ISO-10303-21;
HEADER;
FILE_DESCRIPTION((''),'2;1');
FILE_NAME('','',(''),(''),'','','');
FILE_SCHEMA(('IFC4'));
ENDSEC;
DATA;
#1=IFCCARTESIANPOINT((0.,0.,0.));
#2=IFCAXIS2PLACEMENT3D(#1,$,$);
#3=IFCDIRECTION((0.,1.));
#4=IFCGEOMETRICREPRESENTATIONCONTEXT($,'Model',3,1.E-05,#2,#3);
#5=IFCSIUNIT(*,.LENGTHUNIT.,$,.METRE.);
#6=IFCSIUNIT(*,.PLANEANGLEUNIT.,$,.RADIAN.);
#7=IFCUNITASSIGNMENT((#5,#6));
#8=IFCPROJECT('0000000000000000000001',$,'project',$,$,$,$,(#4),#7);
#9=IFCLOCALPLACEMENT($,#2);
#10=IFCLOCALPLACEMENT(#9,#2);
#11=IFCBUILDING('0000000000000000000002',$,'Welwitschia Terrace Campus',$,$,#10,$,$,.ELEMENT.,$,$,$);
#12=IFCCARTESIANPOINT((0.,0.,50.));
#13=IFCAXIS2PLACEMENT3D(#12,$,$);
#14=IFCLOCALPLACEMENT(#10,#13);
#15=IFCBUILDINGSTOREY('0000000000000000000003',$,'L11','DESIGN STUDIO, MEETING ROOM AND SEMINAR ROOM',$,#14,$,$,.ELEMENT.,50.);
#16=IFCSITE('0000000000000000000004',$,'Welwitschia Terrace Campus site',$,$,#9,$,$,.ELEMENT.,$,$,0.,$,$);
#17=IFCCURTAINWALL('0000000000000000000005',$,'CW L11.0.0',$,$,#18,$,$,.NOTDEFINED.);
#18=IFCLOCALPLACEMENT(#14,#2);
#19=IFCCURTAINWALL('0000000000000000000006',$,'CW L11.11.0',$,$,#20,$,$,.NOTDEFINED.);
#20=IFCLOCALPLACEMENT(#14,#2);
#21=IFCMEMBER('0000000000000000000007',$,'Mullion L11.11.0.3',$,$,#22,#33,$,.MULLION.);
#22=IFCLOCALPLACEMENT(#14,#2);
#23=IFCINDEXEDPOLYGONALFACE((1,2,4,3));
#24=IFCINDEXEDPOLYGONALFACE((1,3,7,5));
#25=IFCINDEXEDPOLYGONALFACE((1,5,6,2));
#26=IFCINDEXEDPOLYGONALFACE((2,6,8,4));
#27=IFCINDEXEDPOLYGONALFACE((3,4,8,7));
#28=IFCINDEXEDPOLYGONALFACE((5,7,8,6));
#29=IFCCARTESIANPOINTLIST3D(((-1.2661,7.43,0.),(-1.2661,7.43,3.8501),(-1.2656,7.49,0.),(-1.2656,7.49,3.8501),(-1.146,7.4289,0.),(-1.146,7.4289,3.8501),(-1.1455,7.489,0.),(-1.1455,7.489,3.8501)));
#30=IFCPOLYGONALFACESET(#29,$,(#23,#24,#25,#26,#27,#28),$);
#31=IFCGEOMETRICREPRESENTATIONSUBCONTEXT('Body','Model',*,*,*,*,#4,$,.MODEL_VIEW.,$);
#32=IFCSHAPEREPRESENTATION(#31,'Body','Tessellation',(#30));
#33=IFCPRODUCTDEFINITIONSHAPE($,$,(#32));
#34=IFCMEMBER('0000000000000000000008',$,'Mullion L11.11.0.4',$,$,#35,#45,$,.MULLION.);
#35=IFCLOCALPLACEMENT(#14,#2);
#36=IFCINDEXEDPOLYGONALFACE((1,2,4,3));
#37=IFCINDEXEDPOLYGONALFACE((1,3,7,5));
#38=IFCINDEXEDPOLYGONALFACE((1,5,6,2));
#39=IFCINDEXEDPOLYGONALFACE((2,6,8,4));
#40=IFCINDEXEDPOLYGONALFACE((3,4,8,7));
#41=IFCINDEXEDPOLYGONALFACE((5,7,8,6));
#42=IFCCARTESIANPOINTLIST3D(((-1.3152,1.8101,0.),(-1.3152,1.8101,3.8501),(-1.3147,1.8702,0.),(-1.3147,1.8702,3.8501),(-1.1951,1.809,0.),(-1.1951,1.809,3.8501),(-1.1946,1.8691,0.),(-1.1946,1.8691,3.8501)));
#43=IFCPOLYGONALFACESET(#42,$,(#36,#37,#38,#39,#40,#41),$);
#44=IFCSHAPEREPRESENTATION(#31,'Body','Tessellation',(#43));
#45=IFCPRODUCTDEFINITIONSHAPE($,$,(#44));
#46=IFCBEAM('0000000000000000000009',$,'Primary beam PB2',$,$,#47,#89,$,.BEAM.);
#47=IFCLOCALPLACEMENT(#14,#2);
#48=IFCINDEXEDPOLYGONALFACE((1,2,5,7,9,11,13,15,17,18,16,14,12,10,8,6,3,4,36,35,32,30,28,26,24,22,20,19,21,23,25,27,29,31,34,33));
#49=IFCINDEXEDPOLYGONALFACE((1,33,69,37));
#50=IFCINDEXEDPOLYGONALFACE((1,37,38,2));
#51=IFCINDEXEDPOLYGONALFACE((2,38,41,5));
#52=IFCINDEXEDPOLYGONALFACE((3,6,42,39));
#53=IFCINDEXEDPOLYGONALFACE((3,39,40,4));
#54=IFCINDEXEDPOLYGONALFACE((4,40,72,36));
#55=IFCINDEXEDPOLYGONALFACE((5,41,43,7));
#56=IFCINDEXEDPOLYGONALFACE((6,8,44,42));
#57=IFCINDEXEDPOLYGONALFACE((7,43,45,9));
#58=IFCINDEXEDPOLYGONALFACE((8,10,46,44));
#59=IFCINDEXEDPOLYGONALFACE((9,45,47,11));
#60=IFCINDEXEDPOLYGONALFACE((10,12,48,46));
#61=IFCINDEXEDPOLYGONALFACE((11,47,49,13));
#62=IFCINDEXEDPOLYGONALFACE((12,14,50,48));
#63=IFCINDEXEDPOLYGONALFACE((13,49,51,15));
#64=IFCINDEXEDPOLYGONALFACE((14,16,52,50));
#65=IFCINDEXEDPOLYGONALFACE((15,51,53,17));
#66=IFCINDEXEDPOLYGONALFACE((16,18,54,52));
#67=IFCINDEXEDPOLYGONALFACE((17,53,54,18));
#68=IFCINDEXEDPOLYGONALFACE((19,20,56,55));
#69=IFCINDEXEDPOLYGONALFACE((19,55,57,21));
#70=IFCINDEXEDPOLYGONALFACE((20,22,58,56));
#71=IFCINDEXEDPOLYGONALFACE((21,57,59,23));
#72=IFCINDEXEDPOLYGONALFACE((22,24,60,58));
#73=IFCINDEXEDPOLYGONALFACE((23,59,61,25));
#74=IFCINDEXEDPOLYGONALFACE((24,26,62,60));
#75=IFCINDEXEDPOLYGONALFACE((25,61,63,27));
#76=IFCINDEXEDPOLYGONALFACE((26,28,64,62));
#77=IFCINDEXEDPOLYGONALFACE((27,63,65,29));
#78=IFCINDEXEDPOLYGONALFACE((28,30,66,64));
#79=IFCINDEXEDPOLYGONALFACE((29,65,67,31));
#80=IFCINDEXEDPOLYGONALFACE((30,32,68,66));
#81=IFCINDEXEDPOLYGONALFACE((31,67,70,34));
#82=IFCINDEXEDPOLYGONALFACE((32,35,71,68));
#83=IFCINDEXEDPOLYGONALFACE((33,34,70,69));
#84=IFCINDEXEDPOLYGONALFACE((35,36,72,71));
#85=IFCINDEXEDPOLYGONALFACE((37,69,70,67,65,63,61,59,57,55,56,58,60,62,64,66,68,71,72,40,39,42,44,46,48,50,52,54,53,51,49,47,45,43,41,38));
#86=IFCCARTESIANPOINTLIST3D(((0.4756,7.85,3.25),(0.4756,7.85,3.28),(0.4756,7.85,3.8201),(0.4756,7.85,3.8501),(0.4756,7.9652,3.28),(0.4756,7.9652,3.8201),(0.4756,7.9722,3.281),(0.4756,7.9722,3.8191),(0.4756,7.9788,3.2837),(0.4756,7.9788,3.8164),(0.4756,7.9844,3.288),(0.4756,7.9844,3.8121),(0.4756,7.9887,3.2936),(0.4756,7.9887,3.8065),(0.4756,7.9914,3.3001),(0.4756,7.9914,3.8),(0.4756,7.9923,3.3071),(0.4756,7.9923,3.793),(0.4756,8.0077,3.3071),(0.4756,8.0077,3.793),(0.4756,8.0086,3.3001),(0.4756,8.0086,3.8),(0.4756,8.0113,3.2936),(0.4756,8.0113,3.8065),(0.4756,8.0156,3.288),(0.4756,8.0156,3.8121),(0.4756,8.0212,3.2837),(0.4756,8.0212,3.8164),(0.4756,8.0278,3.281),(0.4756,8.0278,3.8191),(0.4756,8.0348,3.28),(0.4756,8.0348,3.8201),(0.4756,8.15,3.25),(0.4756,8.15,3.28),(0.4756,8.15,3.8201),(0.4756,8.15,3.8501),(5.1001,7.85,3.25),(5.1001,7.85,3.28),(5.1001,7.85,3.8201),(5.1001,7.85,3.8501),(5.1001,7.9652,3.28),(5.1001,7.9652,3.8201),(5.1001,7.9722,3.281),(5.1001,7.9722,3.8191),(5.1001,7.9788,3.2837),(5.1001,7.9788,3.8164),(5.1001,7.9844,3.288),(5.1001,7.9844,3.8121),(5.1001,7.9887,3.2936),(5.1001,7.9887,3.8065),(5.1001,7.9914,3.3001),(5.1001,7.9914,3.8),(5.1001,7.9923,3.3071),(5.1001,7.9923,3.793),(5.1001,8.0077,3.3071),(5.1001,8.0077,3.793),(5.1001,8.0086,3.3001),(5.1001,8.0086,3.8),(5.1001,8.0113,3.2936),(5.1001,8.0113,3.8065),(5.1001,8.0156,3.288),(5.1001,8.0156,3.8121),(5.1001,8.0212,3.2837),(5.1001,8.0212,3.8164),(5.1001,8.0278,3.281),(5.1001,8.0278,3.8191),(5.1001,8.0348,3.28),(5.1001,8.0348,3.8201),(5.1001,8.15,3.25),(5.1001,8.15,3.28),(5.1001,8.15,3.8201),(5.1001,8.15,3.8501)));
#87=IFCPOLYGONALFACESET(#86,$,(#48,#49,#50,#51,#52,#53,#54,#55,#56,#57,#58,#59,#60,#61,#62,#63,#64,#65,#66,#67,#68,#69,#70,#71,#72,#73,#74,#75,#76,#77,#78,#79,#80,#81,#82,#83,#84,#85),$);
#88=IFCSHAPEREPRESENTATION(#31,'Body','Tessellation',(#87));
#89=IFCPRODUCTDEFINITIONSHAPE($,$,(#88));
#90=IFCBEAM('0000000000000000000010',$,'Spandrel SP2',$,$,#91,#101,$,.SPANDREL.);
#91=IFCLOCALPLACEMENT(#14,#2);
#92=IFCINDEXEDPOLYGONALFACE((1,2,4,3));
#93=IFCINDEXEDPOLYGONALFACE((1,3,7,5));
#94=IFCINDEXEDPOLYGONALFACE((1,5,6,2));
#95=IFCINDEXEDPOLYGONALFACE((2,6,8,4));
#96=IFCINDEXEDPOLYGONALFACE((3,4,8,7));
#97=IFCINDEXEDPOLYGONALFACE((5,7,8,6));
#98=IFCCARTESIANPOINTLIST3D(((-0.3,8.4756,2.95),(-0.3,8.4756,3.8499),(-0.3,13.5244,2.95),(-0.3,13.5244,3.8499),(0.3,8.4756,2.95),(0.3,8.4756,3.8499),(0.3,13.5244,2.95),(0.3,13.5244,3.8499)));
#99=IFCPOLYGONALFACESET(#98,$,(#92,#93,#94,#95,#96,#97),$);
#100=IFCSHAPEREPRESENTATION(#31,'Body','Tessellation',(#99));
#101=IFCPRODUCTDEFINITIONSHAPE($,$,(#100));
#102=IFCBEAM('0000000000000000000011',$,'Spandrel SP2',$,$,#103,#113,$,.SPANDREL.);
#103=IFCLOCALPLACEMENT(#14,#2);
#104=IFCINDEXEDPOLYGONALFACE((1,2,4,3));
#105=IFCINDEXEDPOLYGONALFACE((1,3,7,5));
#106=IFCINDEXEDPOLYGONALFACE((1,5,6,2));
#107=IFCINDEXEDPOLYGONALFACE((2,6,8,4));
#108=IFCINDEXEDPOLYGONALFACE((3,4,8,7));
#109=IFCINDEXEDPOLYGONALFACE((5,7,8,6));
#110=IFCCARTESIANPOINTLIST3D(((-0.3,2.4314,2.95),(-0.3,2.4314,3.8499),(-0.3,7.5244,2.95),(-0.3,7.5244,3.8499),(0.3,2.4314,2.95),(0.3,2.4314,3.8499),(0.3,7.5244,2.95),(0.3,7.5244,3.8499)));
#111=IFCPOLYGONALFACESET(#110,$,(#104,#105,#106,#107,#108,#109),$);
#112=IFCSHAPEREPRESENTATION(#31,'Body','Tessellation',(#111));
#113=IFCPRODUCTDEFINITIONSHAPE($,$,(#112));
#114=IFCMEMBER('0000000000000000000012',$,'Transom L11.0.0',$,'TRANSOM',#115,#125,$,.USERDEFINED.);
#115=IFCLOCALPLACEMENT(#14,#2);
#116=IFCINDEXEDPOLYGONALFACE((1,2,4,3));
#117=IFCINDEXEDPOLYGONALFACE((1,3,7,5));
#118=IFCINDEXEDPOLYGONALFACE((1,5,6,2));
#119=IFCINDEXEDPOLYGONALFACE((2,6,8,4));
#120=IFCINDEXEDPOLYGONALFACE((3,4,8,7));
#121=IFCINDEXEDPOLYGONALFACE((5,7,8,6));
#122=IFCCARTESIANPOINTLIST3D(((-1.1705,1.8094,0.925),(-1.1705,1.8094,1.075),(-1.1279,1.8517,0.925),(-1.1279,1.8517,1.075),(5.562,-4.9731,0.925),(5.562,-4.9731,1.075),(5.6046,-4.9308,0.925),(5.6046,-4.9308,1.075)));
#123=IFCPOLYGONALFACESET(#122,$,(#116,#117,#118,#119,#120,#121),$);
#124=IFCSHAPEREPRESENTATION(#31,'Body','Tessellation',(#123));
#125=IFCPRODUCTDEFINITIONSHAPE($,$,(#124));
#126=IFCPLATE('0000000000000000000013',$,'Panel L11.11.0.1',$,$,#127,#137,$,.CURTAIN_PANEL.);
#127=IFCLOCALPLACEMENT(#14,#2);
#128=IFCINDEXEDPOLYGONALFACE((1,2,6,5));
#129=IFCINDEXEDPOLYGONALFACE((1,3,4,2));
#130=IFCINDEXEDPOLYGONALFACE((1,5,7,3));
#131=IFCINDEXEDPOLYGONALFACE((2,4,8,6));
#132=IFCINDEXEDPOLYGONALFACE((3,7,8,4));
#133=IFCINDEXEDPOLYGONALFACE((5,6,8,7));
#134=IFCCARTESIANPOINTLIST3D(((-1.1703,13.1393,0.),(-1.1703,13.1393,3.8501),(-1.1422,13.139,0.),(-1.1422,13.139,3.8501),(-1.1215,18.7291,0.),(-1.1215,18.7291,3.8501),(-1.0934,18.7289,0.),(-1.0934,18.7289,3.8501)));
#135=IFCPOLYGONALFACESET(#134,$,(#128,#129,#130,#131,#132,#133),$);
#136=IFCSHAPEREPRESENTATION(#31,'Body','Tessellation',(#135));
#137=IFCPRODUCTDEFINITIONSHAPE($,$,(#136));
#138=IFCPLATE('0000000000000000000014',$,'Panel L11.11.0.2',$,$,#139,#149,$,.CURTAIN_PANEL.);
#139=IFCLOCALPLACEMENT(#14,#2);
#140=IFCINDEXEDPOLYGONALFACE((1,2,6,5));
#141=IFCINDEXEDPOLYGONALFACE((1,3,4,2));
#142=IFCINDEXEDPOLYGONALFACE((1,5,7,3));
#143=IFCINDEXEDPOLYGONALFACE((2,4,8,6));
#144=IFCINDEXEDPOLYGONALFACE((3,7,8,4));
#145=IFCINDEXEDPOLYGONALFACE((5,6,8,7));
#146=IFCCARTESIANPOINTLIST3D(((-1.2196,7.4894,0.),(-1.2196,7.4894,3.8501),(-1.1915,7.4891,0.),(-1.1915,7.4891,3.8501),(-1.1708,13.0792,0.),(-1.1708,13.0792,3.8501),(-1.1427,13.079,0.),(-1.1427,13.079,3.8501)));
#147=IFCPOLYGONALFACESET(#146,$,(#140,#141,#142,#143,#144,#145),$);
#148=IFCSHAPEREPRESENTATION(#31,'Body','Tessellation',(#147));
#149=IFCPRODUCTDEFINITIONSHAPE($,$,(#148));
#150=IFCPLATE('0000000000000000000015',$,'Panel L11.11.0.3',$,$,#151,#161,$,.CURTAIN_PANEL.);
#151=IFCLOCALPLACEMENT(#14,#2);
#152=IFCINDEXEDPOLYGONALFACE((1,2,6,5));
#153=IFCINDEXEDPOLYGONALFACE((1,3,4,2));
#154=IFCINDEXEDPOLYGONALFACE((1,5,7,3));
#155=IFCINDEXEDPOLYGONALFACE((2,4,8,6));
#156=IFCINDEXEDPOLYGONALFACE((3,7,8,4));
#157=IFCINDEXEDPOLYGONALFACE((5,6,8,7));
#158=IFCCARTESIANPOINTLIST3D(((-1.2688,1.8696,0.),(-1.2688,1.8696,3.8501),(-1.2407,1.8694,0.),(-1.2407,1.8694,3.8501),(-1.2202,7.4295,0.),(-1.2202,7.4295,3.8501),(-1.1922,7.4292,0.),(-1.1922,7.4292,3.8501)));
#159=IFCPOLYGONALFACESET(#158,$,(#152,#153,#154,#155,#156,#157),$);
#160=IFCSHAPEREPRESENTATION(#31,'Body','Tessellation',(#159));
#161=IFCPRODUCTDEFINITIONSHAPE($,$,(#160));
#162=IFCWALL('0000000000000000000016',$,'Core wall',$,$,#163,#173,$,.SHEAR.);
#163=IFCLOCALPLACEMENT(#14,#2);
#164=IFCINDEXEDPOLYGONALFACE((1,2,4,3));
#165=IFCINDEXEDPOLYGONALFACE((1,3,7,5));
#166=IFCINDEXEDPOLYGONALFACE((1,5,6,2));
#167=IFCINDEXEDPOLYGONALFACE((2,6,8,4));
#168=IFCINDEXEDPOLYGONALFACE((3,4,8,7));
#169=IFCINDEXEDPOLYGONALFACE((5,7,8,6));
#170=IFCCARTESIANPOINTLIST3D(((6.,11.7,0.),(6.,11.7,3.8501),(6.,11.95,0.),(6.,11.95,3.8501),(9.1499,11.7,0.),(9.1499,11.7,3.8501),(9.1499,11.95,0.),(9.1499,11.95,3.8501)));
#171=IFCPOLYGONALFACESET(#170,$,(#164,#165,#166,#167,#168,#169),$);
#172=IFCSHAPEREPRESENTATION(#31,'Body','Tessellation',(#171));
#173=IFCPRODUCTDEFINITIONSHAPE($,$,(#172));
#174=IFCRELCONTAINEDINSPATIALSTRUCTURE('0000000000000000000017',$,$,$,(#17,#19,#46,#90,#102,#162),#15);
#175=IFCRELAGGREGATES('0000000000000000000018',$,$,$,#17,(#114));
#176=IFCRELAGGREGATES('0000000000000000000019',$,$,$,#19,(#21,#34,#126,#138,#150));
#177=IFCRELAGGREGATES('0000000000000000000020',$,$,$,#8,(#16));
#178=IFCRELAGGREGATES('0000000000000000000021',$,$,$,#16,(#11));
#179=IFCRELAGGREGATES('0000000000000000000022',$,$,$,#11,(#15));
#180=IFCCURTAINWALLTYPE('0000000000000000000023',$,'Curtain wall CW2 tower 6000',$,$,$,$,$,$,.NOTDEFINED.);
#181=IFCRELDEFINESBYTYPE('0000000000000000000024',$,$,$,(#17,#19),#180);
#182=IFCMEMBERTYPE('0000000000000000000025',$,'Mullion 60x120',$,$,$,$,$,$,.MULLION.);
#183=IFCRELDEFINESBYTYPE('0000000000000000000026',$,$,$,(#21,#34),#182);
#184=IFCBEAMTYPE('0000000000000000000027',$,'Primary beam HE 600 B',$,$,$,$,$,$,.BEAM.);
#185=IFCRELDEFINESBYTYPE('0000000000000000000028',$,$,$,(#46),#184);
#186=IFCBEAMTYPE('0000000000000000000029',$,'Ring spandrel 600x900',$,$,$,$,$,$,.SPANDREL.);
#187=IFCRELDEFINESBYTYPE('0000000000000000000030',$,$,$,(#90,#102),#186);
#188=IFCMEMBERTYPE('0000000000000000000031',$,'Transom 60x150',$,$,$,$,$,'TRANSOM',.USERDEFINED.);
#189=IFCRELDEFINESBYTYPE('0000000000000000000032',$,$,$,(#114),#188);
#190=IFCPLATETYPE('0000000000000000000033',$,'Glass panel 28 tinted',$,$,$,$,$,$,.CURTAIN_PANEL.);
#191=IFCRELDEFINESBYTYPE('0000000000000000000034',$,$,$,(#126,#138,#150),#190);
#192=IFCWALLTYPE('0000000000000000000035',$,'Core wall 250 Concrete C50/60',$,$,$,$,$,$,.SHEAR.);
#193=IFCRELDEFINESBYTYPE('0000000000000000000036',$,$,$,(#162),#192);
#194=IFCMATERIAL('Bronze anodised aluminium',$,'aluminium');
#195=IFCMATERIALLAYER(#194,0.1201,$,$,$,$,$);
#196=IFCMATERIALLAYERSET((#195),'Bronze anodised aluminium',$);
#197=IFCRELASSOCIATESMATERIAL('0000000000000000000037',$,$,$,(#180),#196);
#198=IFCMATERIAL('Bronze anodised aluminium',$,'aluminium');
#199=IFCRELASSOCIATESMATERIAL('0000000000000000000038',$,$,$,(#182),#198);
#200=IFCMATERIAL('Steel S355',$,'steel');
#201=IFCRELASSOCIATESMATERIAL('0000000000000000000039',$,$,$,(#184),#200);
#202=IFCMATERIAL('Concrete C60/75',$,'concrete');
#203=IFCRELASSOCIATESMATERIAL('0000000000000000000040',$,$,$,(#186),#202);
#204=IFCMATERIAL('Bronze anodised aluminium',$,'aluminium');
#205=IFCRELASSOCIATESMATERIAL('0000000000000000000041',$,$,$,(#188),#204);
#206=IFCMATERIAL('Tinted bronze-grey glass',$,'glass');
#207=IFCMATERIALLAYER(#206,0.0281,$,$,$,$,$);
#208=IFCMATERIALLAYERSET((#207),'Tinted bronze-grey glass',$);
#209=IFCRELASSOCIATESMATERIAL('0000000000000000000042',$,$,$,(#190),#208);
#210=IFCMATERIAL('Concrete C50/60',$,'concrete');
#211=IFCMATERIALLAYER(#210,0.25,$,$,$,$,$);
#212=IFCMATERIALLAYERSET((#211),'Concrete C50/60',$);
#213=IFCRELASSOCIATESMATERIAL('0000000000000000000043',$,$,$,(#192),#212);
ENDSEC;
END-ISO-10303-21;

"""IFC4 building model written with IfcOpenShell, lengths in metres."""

from ifc_helpers import new_model, si_unit, direction, frame, frame_2d, origin, origin_2d, place, context, subcontext, project, spatial, rectangle, i_section, extrude, material, layer, layer_set, material_profile, profile_set, type_object, element, aggregate, save


model = new_model("IFC4")

# Units and contexts
model_context = context("Model", 3, precision=1e-05, world=origin(), true_north=direction((0.0, 1.0)))
body_context = subcontext(model_context, "Body", "Model", "MODEL_VIEW")
ifc_project = project(units=[si_unit("LENGTHUNIT", "METRE"), si_unit("PLANEANGLEUNIT", "RADIAN")], contexts=[model_context])

# Site, building, storey
site_placement = place(None, origin())
site = spatial("IfcSite", under=ifc_project, at=site_placement, Name="Welwitschia Terrace Campus site", CompositionType="ELEMENT", RefElevation=0.0)
building_placement = place(site_placement, origin())
building = spatial("IfcBuilding", under=site, at=building_placement, Name="Welwitschia Terrace Campus", CompositionType="ELEMENT")
storey_placement = place(building_placement, frame((0.0, 0.0, 50.0)))
storey = spatial("IfcBuildingStorey", under=building, at=storey_placement, Name="L11", Description="DESIGN STUDIO, MEETING ROOM AND SEMINAR ROOM", CompositionType="ELEMENT", Elevation=50.0)

# Curtain wall
ifc_material_1 = material(Name="Bronze anodised aluminium", Category="aluminium")
ifc_layer_1 = layer(ifc_material_1, 0.1201)
ifc_layer_set_1 = layer_set([ifc_layer_1], Name="Bronze anodised aluminium")
curtain_wall_type = type_object("IfcCurtainWallType", Name="Curtain wall CW2 tower 6000", PredefinedType="NOTDEFINED", material=ifc_layer_set_1)
curtain_wall_1_placement = place(storey_placement, origin())
curtain_wall_1 = element("IfcCurtainWall", 1, at=curtain_wall_1_placement, inside=storey, type_object=curtain_wall_type, Name="CW L11.0.0", PredefinedType="NOTDEFINED")
ifc_material_2 = material(Name="Bronze anodised aluminium", Category="aluminium")
ifc_material_profile_1 = material_profile(ifc_material_2, rectangle(XDim=0.1201, YDim=0.0601, at=origin_2d()))
ifc_profile_set_1 = profile_set([ifc_material_profile_1], Name="Bronze anodised aluminium")
member_type_1 = type_object("IfcMemberType", Name="Mullion 60x120", PredefinedType="MULLION", material=ifc_profile_set_1)

# Curtain wall, members
curtain_wall_2_placement = place(storey_placement, origin())
curtain_wall_2 = element("IfcCurtainWall", 2, at=curtain_wall_2_placement, inside=storey, type_object=curtain_wall_type, Name="CW L11.11.0", PredefinedType="NOTDEFINED")
member_1_placement = place(storey_placement, frame((-1.2058, 7.4595, 0.0), z_axis=(0.0, 0.0, 1.0), x_axis=(0.999962, -0.008727, 0.0)))
member_1 = element("IfcMember", 3, at=member_1_placement, type_object=member_type_1, Name="Mullion L11.11.0.3", PredefinedType="MULLION", context=body_context, shape_type="SweptSolid", body=[
    extrude(rectangle(XDim=0.1201, YDim=0.0601, at=origin_2d()), origin(), (0.0, 0.0, 1.0), 3.8501),
])
member_2_placement = place(storey_placement, frame((-1.2549, 1.8396, 0.0), z_axis=(0.0, 0.0, 1.0), x_axis=(0.999962, -0.008727, 0.0)))
member_2 = element("IfcMember", 4, at=member_2_placement, type_object=member_type_1, Name="Mullion L11.11.0.4", PredefinedType="MULLION", context=body_context, shape_type="SweptSolid", body=[
    extrude(rectangle(XDim=0.1201, YDim=0.0601, at=origin_2d()), origin(), (0.0, 0.0, 1.0), 3.8501),
])

# Beams
ifc_material_3 = material(Name="Steel S355", Category="steel")
ifc_material_profile_2 = material_profile(ifc_material_3, i_section(OverallWidth=0.3, OverallDepth=0.6001, WebThickness=0.0154, FlangeThickness=0.03, FilletRadius=0.0271, at=origin_2d()))
ifc_profile_set_2 = profile_set([ifc_material_profile_2], Name="Steel S355")
beam_type_1 = type_object("IfcBeamType", Name="Primary beam HE 600 B", PredefinedType="BEAM", material=ifc_profile_set_2)
beam_1_placement = place(storey_placement, frame((0.4756, 8.0, 3.55), z_axis=(1.0, 0.0, 0.0), x_axis=(0.0, 1.0, 0.0)))
element("IfcBeam", 5, at=beam_1_placement, inside=storey, type_object=beam_type_1, Name="Primary beam PB2", PredefinedType="BEAM", context=body_context, shape_type="SweptSolid", body=[
    extrude(i_section(OverallWidth=0.3, OverallDepth=0.6001, WebThickness=0.0154, FlangeThickness=0.03, FilletRadius=0.0271, at=origin_2d()), origin(), (0.0, 0.0, 1.0), 4.6245),
])
ifc_material_4 = material(Name="Concrete C60/75", Category="concrete")
ifc_material_profile_3 = material_profile(ifc_material_4, rectangle(XDim=0.6001, YDim=0.8999, at=origin_2d()))
ifc_profile_set_3 = profile_set([ifc_material_profile_3], Name="Concrete C60/75")
beam_type_2 = type_object("IfcBeamType", Name="Ring spandrel 600x900", PredefinedType="SPANDREL", material=ifc_profile_set_3)
beam_2_placement = place(storey_placement, frame((0.0, 13.5244, 3.3999), z_axis=(0.0, -1.0, 0.0), x_axis=(1.0, 0.0, 0.0)))
element("IfcBeam", 6, at=beam_2_placement, inside=storey, type_object=beam_type_2, Name="Spandrel SP2", PredefinedType="SPANDREL", context=body_context, shape_type="SweptSolid", body=[
    extrude(rectangle(XDim=0.6001, YDim=0.8999, at=origin_2d()), origin(), (0.0, 0.0, 1.0), 5.0488),
])
beam_3_placement = place(storey_placement, frame((0.0, 7.5244, 3.3999), z_axis=(0.0, -1.0, 0.0), x_axis=(1.0, 0.0, 0.0)))
element("IfcBeam", 7, at=beam_3_placement, inside=storey, type_object=beam_type_2, Name="Spandrel SP2", PredefinedType="SPANDREL", context=body_context, shape_type="SweptSolid", body=[
    extrude(rectangle(XDim=0.6001, YDim=0.8999, at=origin_2d()), origin(), (0.0, 0.0, 1.0), 5.093),
])

# Member
ifc_material_5 = material(Name="Bronze anodised aluminium", Category="aluminium")
ifc_material_profile_4 = material_profile(ifc_material_5, rectangle(XDim=0.0601, YDim=0.1499, at=origin_2d()))
ifc_profile_set_4 = profile_set([ifc_material_profile_4], Name="Bronze anodised aluminium")
member_type_2 = type_object("IfcMemberType", Name="Transom 60x150", ElementType="TRANSOM", PredefinedType="USERDEFINED", material=ifc_profile_set_4)
member_3_placement = place(storey_placement, frame((-1.1492, 1.8306, 1.0), z_axis=(0.704483, -0.70972, 0.0), x_axis=(0.70972, 0.704483, 0.0)))
member_3 = element("IfcMember", 8, at=member_3_placement, type_object=member_type_2, Name="Transom L11.0.0", ObjectType="TRANSOM", PredefinedType="USERDEFINED", context=body_context, shape_type="SweptSolid", body=[
    extrude(rectangle(XDim=0.0601, YDim=0.1499, at=origin_2d()), origin(), (0.0, 0.0, 1.0), 9.5566),
])
aggregate(curtain_wall_1, [member_3])

# Plates
ifc_material_6 = material(Name="Tinted bronze-grey glass", Category="glass")
ifc_layer_2 = layer(ifc_material_6, 0.0281)
ifc_layer_set_2 = layer_set([ifc_layer_2], Name="Tinted bronze-grey glass")
plate_type = type_object("IfcPlateType", Name="Glass panel 28 tinted", PredefinedType="CURTAIN_PANEL", material=ifc_layer_set_2)
plate_1_placement = place(storey_placement, frame((-1.1318, 15.9341, 0.0), z_axis=(0.0, 0.0, 1.0), x_axis=(-0.008727, -0.999962, 0.0)))
plate_1 = element("IfcPlate", 9, at=plate_1_placement, type_object=plate_type, Name="Panel L11.11.0.1", PredefinedType="CURTAIN_PANEL", context=body_context, shape_type="SweptSolid", body=[
    extrude(rectangle(XDim=5.5901, YDim=0.0281, at=origin_2d()), origin(), (0.0, 0.0, 1.0), 3.8501),
])
plate_2_placement = place(storey_placement, frame((-1.1812, 10.2842, 0.0), z_axis=(0.0, 0.0, 1.0), x_axis=(-0.008727, -0.999962, 0.0)))
plate_2 = element("IfcPlate", 10, at=plate_2_placement, type_object=plate_type, Name="Panel L11.11.0.2", PredefinedType="CURTAIN_PANEL", context=body_context, shape_type="SweptSolid", body=[
    extrude(rectangle(XDim=5.5901, YDim=0.0281, at=origin_2d()), origin(), (0.0, 0.0, 1.0), 3.8501),
])
plate_3_placement = place(storey_placement, frame((-1.2305, 4.6494, 0.0), z_axis=(0.0, 0.0, 1.0), x_axis=(-0.008727, -0.999962, 0.0)))
plate_3 = element("IfcPlate", 11, at=plate_3_placement, type_object=plate_type, Name="Panel L11.11.0.3", PredefinedType="CURTAIN_PANEL", context=body_context, shape_type="SweptSolid", body=[
    extrude(rectangle(XDim=5.5601, YDim=0.0281, at=origin_2d()), origin(), (0.0, 0.0, 1.0), 3.8501),
])
aggregate(curtain_wall_2, [member_1, member_2, plate_1, plate_2, plate_3])

# Wall
ifc_material_7 = material(Name="Concrete C50/60", Category="concrete")
ifc_layer_3 = layer(ifc_material_7, 0.25)
ifc_layer_set_3 = layer_set([ifc_layer_3], Name="Concrete C50/60")
wall_type_1 = type_object("IfcWallType", Name="Core wall 250 Concrete C50/60", PredefinedType="SHEAR", material=ifc_layer_set_3)
wall_1_placement = place(storey_placement, frame((6.0, 11.825, 0.0), z_axis=(0.0, 0.0, 1.0), x_axis=(1.0, 0.0, 0.0)))
element("IfcWall", 12, at=wall_1_placement, inside=storey, type_object=wall_type_1, Name="Core wall", PredefinedType="SHEAR", context=body_context, shape_type="SweptSolid", body=[
    extrude(rectangle(XDim=3.1499, YDim=0.25, at=frame_2d((1.575, 0.0))), origin(), (0.0, 0.0, 1.0), 3.8501),
])

save(model, "model.ifc")
